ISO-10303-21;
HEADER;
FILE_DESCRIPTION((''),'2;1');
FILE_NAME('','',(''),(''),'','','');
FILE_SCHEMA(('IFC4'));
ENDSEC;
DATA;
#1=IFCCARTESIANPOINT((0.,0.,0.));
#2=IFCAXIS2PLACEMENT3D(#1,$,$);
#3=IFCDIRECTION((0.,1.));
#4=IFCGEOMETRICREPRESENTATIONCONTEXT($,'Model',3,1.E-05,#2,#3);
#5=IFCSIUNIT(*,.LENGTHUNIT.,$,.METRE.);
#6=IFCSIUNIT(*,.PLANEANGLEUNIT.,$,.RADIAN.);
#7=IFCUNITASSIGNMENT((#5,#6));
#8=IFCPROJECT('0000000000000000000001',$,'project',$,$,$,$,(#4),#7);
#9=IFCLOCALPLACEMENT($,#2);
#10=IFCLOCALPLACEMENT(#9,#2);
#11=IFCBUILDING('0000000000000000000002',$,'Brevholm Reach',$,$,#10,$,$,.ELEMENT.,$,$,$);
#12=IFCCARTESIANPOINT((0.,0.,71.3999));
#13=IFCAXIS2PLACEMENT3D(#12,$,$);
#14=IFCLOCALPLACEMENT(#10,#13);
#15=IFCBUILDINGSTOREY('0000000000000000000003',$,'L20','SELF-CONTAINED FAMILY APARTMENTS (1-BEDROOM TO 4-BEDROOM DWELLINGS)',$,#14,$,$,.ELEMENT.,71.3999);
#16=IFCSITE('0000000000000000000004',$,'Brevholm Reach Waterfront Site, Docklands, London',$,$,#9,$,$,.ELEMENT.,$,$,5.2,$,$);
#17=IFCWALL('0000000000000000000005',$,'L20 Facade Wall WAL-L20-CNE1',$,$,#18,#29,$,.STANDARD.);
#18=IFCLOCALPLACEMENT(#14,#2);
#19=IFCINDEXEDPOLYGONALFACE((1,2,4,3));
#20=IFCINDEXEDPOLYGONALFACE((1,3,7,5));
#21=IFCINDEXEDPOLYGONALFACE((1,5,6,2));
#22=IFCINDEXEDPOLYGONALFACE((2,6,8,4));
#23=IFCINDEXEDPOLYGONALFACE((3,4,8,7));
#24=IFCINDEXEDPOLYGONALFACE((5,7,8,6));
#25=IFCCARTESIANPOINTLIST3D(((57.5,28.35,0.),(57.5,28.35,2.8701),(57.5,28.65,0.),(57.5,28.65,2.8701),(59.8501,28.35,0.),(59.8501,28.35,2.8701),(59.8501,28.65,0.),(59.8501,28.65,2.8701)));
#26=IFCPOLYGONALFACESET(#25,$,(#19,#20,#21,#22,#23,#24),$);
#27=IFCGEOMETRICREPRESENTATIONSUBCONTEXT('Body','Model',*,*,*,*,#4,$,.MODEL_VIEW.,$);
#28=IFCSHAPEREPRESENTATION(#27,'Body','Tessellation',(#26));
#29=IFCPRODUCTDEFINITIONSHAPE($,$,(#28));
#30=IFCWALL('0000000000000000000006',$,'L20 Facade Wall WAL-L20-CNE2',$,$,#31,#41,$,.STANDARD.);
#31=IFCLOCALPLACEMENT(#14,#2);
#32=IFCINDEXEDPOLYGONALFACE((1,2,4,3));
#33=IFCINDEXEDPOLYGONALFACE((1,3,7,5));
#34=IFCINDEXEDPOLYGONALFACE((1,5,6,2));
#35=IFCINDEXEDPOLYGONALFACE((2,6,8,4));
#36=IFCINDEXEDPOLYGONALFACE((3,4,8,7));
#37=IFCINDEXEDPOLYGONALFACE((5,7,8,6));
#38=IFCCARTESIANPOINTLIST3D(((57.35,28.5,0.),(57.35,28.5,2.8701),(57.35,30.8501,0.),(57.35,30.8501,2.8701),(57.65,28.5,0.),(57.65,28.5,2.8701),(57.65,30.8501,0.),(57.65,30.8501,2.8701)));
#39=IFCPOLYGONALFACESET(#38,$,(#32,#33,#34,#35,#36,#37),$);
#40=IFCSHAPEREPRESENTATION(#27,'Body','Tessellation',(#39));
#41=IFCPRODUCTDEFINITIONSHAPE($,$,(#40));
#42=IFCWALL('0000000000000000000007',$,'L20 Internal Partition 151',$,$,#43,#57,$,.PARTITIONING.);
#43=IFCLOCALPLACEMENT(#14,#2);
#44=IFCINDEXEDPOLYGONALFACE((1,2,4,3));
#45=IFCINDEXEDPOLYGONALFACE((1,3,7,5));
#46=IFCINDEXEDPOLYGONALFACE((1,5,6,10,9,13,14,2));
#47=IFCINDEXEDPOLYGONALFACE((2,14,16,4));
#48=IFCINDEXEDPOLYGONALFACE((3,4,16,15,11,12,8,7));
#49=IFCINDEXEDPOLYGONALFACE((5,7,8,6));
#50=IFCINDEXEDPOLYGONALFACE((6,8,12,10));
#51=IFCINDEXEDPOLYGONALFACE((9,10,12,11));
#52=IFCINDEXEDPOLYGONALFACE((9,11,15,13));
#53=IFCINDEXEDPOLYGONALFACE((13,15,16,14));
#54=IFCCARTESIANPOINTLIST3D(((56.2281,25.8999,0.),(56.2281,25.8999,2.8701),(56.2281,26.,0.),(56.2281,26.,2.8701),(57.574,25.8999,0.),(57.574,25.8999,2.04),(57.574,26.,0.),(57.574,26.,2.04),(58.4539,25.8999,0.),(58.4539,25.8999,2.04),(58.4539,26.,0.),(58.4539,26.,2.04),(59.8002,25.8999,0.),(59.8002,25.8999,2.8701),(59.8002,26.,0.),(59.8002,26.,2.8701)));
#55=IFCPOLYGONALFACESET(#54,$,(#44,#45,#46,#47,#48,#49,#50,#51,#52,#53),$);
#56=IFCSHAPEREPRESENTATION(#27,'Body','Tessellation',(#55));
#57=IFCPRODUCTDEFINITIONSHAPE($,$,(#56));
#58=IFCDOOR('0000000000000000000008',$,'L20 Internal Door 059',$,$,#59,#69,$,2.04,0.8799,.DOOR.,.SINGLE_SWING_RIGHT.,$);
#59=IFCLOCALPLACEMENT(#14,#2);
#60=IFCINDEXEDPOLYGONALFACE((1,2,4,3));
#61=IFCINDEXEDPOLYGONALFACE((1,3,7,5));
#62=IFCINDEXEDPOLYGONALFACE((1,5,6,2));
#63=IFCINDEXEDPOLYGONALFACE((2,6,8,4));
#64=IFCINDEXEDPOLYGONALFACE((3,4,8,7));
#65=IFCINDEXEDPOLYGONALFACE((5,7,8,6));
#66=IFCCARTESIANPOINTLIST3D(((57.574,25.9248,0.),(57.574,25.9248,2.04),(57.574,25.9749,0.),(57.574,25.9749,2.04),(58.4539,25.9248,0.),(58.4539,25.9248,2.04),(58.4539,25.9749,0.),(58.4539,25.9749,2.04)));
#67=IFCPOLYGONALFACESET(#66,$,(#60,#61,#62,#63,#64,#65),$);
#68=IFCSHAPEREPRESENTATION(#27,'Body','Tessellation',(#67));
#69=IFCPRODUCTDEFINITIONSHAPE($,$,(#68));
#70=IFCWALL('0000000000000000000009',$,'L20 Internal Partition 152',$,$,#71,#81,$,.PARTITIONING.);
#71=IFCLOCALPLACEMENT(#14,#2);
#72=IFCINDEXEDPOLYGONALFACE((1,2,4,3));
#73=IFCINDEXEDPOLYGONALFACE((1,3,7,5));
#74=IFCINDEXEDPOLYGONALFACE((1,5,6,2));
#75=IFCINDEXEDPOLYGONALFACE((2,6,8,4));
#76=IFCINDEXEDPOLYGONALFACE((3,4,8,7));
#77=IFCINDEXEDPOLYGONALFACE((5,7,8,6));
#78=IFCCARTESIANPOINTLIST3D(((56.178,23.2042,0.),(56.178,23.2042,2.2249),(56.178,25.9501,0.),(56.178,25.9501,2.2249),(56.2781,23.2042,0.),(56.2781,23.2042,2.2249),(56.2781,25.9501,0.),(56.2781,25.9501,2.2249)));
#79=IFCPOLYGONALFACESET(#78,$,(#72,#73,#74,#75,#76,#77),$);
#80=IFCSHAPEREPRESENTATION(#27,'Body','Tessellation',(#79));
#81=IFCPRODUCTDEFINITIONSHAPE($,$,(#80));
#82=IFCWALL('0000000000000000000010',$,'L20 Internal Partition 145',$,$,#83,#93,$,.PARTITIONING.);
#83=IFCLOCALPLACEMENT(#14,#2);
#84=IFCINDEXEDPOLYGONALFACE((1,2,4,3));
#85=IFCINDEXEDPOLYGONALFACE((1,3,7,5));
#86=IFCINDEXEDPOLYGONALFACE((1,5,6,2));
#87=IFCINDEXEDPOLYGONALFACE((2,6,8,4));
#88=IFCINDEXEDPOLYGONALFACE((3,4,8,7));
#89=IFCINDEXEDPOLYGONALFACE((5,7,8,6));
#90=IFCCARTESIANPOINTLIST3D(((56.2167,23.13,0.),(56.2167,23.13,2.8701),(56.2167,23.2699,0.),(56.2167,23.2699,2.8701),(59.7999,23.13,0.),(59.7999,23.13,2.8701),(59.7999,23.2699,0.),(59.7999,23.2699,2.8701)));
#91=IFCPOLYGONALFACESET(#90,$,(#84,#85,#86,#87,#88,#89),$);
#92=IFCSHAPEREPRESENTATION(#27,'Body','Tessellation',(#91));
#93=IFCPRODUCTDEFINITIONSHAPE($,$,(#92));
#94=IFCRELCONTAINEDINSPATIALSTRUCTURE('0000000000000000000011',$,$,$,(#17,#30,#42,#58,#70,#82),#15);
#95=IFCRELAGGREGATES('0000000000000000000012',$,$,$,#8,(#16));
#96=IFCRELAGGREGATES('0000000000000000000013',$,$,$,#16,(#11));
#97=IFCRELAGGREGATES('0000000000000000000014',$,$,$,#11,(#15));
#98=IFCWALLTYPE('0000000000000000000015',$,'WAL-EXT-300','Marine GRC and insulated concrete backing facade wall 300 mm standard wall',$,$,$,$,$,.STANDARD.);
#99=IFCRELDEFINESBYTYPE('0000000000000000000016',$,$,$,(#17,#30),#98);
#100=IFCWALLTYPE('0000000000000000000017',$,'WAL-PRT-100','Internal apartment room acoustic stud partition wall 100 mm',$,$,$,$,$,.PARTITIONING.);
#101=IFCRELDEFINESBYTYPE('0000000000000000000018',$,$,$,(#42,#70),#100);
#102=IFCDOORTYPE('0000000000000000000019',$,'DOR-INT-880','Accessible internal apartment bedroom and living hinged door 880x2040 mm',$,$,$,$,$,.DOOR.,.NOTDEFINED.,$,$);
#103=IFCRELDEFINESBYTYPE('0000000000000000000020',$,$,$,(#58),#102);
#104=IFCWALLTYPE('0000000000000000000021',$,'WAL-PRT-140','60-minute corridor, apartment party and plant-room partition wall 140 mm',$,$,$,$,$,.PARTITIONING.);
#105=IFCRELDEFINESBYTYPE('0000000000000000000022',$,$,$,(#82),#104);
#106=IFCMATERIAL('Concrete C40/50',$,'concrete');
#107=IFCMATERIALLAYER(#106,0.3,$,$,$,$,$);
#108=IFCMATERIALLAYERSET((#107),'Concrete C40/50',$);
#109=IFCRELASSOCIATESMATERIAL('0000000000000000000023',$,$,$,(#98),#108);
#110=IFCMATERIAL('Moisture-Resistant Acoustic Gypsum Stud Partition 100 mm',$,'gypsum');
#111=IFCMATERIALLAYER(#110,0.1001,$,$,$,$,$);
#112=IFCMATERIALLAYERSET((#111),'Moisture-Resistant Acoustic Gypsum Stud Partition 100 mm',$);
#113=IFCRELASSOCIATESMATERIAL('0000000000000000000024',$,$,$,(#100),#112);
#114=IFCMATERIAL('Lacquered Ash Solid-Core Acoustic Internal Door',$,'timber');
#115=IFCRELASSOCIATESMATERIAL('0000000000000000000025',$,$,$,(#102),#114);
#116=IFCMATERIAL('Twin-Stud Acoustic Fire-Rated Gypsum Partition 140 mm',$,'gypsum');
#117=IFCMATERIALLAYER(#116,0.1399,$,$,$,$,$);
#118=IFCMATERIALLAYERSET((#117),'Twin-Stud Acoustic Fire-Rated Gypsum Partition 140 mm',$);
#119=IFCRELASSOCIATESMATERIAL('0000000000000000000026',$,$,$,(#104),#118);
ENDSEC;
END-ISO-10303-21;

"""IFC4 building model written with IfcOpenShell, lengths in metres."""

from ifc_helpers import new_model, si_unit, direction, frame, frame_2d, origin, place, context, subcontext, project, spatial, rectangle, extrude, material, layer, layer_set, type_object, element, fill, save


model = new_model("IFC4")

# Units and contexts
model_context = context("Model", 3, precision=1e-05, world=origin(), true_north=direction((0.0, 1.0)))
body_context = subcontext(model_context, "Body", "Model", "MODEL_VIEW")
ifc_project = project(units=[si_unit("LENGTHUNIT", "METRE"), si_unit("PLANEANGLEUNIT", "RADIAN")], contexts=[model_context])

# Site, building, storey
site_placement = place(None, origin())
site = spatial("IfcSite", under=ifc_project, at=site_placement, Name="Brevholm Reach Waterfront Site, Docklands, London", CompositionType="ELEMENT", RefElevation=5.2)
building_placement = place(site_placement, origin())
building = spatial("IfcBuilding", under=site, at=building_placement, Name="Brevholm Reach", CompositionType="ELEMENT")
storey_placement = place(building_placement, frame((0.0, 0.0, 71.3999)))
storey = spatial("IfcBuildingStorey", under=building, at=storey_placement, Name="L20", Description="SELF-CONTAINED FAMILY APARTMENTS (1-BEDROOM TO 4-BEDROOM DWELLINGS)", CompositionType="ELEMENT", Elevation=71.3999)

# Walls
ifc_material_1 = material(Name="Concrete C40/50", Category="concrete")
ifc_layer_1 = layer(ifc_material_1, 0.3)
ifc_layer_set_1 = layer_set([ifc_layer_1], Name="Concrete C40/50")
wall_type_1 = type_object("IfcWallType", Name="WAL-EXT-300", Description="Marine GRC and insulated concrete backing facade wall 300 mm standard wall", PredefinedType="STANDARD", material=ifc_layer_set_1)
for number, where, z_axis, x_axis, name in (
    (1, (59.8501, 28.5, 0.0), (0.0, 0.0, 1.0), (-1.0, 0.0, 0.0), "L20 Facade Wall WAL-L20-CNE1"),
    (2, (57.5, 28.5, 0.0), (0.0, 0.0, 1.0), (0.0, 1.0, 0.0), "L20 Facade Wall WAL-L20-CNE2"),
):
    element("IfcWall", number, at=place(storey_placement, frame(where, z_axis=z_axis, x_axis=x_axis)), inside=storey, type_object=wall_type_1, Name=name, PredefinedType="STANDARD", context=body_context, shape_type="SweptSolid", body=[
        extrude(rectangle(XDim=2.3501, YDim=0.3, at=frame_2d((1.175, 0.0))), origin(), (0.0, 0.0, 1.0), 2.8701),
    ])

# Wall, opening, door
ifc_material_2 = material(Name="Moisture-Resistant Acoustic Gypsum Stud Partition 100 mm", Category="gypsum")
ifc_layer_2 = layer(ifc_material_2, 0.1001)
ifc_layer_set_2 = layer_set([ifc_layer_2], Name="Moisture-Resistant Acoustic Gypsum Stud Partition 100 mm")
wall_type_2 = type_object("IfcWallType", Name="WAL-PRT-100", Description="Internal apartment room acoustic stud partition wall 100 mm", PredefinedType="PARTITIONING", material=ifc_layer_set_2)
wall_1_placement = place(storey_placement, frame((56.228, 25.95, 0.0), z_axis=(0.0, 0.0, 1.0), x_axis=(1.0, 0.0, 0.0)))
wall_1 = element("IfcWall", 3, at=wall_1_placement, inside=storey, type_object=wall_type_2, Name="L20 Internal Partition 151", PredefinedType="PARTITIONING", context=body_context, shape_type="SweptSolid", body=[
    extrude(rectangle(XDim=3.572, YDim=0.1001, at=frame_2d((1.7861, 0.0))), origin(), (0.0, 0.0, 1.0), 2.8701),
])
opening_placement = place(wall_1_placement, frame((1.3459, 0.0, 0.0)))
opening = element("IfcOpeningElement", 4, at=opening_placement, cuts=wall_1, PredefinedType="OPENING", context=body_context, shape_type="SweptSolid", body=[
    extrude(rectangle(XDim=0.8799, YDim=2.04, at=frame_2d((0.4399, 1.02))), frame((0.0, 0.0601, 0.0), z_axis=(0.0, -1.0, 0.0), x_axis=(1.0, 0.0, 0.0)), (0.0, 0.0, 1.0), 0.1201),
])
ifc_material_3 = material(Name="Lacquered Ash Solid-Core Acoustic Internal Door", Category="timber")
door_type = type_object("IfcDoorType", Name="DOR-INT-880", Description="Accessible internal apartment bedroom and living hinged door 880x2040 mm", OperationType="NOTDEFINED", PredefinedType="DOOR", material=ifc_material_3)
door_placement = place(opening_placement, origin())
door = element("IfcDoor", 5, at=door_placement, inside=storey, type_object=door_type, Name="L20 Internal Door 059", OperationType="SINGLE_SWING_RIGHT", OverallHeight=2.04, OverallWidth=0.8799, PredefinedType="DOOR", context=body_context, shape_type="SweptSolid", body=[
    extrude(rectangle(XDim=0.8799, YDim=2.04, at=frame_2d((0.4399, 1.02))), frame((0.0, 0.0249, 0.0), z_axis=(0.0, -1.0, 0.0), x_axis=(1.0, 0.0, 0.0)), (0.0, 0.0, 1.0), 0.05),
])
fill(opening, door)

# Walls
wall_2_placement = place(storey_placement, frame((56.228, 23.2041, 0.0), z_axis=(0.0, 0.0, 1.0), x_axis=(0.0, 1.0, 0.0)))
element("IfcWall", 6, at=wall_2_placement, inside=storey, type_object=wall_type_2, Name="L20 Internal Partition 152", PredefinedType="PARTITIONING", context=body_context, shape_type="SweptSolid", body=[
    extrude(rectangle(XDim=2.7458, YDim=0.1001, at=frame_2d((1.373, 0.0))), origin(), (0.0, 0.0, 1.0), 2.2249),
])
ifc_material_4 = material(Name="Twin-Stud Acoustic Fire-Rated Gypsum Partition 140 mm", Category="gypsum")
ifc_layer_3 = layer(ifc_material_4, 0.1399)
ifc_layer_set_3 = layer_set([ifc_layer_3], Name="Twin-Stud Acoustic Fire-Rated Gypsum Partition 140 mm")
wall_type_3 = type_object("IfcWallType", Name="WAL-PRT-140", Description="60-minute corridor, apartment party and plant-room partition wall 140 mm", PredefinedType="PARTITIONING", material=ifc_layer_set_3)
wall_3_placement = place(storey_placement, frame((56.2168, 23.2, 0.0), z_axis=(0.0, 0.0, 1.0), x_axis=(1.0, 0.0, 0.0)))
element("IfcWall", 7, at=wall_3_placement, inside=storey, type_object=wall_type_3, Name="L20 Internal Partition 145", PredefinedType="PARTITIONING", context=body_context, shape_type="SweptSolid", body=[
    extrude(rectangle(XDim=3.5833, YDim=0.1399, at=frame_2d((1.7915, 0.0))), origin(), (0.0, 0.0, 1.0), 2.8701),
])

save(model, "model.ifc")
